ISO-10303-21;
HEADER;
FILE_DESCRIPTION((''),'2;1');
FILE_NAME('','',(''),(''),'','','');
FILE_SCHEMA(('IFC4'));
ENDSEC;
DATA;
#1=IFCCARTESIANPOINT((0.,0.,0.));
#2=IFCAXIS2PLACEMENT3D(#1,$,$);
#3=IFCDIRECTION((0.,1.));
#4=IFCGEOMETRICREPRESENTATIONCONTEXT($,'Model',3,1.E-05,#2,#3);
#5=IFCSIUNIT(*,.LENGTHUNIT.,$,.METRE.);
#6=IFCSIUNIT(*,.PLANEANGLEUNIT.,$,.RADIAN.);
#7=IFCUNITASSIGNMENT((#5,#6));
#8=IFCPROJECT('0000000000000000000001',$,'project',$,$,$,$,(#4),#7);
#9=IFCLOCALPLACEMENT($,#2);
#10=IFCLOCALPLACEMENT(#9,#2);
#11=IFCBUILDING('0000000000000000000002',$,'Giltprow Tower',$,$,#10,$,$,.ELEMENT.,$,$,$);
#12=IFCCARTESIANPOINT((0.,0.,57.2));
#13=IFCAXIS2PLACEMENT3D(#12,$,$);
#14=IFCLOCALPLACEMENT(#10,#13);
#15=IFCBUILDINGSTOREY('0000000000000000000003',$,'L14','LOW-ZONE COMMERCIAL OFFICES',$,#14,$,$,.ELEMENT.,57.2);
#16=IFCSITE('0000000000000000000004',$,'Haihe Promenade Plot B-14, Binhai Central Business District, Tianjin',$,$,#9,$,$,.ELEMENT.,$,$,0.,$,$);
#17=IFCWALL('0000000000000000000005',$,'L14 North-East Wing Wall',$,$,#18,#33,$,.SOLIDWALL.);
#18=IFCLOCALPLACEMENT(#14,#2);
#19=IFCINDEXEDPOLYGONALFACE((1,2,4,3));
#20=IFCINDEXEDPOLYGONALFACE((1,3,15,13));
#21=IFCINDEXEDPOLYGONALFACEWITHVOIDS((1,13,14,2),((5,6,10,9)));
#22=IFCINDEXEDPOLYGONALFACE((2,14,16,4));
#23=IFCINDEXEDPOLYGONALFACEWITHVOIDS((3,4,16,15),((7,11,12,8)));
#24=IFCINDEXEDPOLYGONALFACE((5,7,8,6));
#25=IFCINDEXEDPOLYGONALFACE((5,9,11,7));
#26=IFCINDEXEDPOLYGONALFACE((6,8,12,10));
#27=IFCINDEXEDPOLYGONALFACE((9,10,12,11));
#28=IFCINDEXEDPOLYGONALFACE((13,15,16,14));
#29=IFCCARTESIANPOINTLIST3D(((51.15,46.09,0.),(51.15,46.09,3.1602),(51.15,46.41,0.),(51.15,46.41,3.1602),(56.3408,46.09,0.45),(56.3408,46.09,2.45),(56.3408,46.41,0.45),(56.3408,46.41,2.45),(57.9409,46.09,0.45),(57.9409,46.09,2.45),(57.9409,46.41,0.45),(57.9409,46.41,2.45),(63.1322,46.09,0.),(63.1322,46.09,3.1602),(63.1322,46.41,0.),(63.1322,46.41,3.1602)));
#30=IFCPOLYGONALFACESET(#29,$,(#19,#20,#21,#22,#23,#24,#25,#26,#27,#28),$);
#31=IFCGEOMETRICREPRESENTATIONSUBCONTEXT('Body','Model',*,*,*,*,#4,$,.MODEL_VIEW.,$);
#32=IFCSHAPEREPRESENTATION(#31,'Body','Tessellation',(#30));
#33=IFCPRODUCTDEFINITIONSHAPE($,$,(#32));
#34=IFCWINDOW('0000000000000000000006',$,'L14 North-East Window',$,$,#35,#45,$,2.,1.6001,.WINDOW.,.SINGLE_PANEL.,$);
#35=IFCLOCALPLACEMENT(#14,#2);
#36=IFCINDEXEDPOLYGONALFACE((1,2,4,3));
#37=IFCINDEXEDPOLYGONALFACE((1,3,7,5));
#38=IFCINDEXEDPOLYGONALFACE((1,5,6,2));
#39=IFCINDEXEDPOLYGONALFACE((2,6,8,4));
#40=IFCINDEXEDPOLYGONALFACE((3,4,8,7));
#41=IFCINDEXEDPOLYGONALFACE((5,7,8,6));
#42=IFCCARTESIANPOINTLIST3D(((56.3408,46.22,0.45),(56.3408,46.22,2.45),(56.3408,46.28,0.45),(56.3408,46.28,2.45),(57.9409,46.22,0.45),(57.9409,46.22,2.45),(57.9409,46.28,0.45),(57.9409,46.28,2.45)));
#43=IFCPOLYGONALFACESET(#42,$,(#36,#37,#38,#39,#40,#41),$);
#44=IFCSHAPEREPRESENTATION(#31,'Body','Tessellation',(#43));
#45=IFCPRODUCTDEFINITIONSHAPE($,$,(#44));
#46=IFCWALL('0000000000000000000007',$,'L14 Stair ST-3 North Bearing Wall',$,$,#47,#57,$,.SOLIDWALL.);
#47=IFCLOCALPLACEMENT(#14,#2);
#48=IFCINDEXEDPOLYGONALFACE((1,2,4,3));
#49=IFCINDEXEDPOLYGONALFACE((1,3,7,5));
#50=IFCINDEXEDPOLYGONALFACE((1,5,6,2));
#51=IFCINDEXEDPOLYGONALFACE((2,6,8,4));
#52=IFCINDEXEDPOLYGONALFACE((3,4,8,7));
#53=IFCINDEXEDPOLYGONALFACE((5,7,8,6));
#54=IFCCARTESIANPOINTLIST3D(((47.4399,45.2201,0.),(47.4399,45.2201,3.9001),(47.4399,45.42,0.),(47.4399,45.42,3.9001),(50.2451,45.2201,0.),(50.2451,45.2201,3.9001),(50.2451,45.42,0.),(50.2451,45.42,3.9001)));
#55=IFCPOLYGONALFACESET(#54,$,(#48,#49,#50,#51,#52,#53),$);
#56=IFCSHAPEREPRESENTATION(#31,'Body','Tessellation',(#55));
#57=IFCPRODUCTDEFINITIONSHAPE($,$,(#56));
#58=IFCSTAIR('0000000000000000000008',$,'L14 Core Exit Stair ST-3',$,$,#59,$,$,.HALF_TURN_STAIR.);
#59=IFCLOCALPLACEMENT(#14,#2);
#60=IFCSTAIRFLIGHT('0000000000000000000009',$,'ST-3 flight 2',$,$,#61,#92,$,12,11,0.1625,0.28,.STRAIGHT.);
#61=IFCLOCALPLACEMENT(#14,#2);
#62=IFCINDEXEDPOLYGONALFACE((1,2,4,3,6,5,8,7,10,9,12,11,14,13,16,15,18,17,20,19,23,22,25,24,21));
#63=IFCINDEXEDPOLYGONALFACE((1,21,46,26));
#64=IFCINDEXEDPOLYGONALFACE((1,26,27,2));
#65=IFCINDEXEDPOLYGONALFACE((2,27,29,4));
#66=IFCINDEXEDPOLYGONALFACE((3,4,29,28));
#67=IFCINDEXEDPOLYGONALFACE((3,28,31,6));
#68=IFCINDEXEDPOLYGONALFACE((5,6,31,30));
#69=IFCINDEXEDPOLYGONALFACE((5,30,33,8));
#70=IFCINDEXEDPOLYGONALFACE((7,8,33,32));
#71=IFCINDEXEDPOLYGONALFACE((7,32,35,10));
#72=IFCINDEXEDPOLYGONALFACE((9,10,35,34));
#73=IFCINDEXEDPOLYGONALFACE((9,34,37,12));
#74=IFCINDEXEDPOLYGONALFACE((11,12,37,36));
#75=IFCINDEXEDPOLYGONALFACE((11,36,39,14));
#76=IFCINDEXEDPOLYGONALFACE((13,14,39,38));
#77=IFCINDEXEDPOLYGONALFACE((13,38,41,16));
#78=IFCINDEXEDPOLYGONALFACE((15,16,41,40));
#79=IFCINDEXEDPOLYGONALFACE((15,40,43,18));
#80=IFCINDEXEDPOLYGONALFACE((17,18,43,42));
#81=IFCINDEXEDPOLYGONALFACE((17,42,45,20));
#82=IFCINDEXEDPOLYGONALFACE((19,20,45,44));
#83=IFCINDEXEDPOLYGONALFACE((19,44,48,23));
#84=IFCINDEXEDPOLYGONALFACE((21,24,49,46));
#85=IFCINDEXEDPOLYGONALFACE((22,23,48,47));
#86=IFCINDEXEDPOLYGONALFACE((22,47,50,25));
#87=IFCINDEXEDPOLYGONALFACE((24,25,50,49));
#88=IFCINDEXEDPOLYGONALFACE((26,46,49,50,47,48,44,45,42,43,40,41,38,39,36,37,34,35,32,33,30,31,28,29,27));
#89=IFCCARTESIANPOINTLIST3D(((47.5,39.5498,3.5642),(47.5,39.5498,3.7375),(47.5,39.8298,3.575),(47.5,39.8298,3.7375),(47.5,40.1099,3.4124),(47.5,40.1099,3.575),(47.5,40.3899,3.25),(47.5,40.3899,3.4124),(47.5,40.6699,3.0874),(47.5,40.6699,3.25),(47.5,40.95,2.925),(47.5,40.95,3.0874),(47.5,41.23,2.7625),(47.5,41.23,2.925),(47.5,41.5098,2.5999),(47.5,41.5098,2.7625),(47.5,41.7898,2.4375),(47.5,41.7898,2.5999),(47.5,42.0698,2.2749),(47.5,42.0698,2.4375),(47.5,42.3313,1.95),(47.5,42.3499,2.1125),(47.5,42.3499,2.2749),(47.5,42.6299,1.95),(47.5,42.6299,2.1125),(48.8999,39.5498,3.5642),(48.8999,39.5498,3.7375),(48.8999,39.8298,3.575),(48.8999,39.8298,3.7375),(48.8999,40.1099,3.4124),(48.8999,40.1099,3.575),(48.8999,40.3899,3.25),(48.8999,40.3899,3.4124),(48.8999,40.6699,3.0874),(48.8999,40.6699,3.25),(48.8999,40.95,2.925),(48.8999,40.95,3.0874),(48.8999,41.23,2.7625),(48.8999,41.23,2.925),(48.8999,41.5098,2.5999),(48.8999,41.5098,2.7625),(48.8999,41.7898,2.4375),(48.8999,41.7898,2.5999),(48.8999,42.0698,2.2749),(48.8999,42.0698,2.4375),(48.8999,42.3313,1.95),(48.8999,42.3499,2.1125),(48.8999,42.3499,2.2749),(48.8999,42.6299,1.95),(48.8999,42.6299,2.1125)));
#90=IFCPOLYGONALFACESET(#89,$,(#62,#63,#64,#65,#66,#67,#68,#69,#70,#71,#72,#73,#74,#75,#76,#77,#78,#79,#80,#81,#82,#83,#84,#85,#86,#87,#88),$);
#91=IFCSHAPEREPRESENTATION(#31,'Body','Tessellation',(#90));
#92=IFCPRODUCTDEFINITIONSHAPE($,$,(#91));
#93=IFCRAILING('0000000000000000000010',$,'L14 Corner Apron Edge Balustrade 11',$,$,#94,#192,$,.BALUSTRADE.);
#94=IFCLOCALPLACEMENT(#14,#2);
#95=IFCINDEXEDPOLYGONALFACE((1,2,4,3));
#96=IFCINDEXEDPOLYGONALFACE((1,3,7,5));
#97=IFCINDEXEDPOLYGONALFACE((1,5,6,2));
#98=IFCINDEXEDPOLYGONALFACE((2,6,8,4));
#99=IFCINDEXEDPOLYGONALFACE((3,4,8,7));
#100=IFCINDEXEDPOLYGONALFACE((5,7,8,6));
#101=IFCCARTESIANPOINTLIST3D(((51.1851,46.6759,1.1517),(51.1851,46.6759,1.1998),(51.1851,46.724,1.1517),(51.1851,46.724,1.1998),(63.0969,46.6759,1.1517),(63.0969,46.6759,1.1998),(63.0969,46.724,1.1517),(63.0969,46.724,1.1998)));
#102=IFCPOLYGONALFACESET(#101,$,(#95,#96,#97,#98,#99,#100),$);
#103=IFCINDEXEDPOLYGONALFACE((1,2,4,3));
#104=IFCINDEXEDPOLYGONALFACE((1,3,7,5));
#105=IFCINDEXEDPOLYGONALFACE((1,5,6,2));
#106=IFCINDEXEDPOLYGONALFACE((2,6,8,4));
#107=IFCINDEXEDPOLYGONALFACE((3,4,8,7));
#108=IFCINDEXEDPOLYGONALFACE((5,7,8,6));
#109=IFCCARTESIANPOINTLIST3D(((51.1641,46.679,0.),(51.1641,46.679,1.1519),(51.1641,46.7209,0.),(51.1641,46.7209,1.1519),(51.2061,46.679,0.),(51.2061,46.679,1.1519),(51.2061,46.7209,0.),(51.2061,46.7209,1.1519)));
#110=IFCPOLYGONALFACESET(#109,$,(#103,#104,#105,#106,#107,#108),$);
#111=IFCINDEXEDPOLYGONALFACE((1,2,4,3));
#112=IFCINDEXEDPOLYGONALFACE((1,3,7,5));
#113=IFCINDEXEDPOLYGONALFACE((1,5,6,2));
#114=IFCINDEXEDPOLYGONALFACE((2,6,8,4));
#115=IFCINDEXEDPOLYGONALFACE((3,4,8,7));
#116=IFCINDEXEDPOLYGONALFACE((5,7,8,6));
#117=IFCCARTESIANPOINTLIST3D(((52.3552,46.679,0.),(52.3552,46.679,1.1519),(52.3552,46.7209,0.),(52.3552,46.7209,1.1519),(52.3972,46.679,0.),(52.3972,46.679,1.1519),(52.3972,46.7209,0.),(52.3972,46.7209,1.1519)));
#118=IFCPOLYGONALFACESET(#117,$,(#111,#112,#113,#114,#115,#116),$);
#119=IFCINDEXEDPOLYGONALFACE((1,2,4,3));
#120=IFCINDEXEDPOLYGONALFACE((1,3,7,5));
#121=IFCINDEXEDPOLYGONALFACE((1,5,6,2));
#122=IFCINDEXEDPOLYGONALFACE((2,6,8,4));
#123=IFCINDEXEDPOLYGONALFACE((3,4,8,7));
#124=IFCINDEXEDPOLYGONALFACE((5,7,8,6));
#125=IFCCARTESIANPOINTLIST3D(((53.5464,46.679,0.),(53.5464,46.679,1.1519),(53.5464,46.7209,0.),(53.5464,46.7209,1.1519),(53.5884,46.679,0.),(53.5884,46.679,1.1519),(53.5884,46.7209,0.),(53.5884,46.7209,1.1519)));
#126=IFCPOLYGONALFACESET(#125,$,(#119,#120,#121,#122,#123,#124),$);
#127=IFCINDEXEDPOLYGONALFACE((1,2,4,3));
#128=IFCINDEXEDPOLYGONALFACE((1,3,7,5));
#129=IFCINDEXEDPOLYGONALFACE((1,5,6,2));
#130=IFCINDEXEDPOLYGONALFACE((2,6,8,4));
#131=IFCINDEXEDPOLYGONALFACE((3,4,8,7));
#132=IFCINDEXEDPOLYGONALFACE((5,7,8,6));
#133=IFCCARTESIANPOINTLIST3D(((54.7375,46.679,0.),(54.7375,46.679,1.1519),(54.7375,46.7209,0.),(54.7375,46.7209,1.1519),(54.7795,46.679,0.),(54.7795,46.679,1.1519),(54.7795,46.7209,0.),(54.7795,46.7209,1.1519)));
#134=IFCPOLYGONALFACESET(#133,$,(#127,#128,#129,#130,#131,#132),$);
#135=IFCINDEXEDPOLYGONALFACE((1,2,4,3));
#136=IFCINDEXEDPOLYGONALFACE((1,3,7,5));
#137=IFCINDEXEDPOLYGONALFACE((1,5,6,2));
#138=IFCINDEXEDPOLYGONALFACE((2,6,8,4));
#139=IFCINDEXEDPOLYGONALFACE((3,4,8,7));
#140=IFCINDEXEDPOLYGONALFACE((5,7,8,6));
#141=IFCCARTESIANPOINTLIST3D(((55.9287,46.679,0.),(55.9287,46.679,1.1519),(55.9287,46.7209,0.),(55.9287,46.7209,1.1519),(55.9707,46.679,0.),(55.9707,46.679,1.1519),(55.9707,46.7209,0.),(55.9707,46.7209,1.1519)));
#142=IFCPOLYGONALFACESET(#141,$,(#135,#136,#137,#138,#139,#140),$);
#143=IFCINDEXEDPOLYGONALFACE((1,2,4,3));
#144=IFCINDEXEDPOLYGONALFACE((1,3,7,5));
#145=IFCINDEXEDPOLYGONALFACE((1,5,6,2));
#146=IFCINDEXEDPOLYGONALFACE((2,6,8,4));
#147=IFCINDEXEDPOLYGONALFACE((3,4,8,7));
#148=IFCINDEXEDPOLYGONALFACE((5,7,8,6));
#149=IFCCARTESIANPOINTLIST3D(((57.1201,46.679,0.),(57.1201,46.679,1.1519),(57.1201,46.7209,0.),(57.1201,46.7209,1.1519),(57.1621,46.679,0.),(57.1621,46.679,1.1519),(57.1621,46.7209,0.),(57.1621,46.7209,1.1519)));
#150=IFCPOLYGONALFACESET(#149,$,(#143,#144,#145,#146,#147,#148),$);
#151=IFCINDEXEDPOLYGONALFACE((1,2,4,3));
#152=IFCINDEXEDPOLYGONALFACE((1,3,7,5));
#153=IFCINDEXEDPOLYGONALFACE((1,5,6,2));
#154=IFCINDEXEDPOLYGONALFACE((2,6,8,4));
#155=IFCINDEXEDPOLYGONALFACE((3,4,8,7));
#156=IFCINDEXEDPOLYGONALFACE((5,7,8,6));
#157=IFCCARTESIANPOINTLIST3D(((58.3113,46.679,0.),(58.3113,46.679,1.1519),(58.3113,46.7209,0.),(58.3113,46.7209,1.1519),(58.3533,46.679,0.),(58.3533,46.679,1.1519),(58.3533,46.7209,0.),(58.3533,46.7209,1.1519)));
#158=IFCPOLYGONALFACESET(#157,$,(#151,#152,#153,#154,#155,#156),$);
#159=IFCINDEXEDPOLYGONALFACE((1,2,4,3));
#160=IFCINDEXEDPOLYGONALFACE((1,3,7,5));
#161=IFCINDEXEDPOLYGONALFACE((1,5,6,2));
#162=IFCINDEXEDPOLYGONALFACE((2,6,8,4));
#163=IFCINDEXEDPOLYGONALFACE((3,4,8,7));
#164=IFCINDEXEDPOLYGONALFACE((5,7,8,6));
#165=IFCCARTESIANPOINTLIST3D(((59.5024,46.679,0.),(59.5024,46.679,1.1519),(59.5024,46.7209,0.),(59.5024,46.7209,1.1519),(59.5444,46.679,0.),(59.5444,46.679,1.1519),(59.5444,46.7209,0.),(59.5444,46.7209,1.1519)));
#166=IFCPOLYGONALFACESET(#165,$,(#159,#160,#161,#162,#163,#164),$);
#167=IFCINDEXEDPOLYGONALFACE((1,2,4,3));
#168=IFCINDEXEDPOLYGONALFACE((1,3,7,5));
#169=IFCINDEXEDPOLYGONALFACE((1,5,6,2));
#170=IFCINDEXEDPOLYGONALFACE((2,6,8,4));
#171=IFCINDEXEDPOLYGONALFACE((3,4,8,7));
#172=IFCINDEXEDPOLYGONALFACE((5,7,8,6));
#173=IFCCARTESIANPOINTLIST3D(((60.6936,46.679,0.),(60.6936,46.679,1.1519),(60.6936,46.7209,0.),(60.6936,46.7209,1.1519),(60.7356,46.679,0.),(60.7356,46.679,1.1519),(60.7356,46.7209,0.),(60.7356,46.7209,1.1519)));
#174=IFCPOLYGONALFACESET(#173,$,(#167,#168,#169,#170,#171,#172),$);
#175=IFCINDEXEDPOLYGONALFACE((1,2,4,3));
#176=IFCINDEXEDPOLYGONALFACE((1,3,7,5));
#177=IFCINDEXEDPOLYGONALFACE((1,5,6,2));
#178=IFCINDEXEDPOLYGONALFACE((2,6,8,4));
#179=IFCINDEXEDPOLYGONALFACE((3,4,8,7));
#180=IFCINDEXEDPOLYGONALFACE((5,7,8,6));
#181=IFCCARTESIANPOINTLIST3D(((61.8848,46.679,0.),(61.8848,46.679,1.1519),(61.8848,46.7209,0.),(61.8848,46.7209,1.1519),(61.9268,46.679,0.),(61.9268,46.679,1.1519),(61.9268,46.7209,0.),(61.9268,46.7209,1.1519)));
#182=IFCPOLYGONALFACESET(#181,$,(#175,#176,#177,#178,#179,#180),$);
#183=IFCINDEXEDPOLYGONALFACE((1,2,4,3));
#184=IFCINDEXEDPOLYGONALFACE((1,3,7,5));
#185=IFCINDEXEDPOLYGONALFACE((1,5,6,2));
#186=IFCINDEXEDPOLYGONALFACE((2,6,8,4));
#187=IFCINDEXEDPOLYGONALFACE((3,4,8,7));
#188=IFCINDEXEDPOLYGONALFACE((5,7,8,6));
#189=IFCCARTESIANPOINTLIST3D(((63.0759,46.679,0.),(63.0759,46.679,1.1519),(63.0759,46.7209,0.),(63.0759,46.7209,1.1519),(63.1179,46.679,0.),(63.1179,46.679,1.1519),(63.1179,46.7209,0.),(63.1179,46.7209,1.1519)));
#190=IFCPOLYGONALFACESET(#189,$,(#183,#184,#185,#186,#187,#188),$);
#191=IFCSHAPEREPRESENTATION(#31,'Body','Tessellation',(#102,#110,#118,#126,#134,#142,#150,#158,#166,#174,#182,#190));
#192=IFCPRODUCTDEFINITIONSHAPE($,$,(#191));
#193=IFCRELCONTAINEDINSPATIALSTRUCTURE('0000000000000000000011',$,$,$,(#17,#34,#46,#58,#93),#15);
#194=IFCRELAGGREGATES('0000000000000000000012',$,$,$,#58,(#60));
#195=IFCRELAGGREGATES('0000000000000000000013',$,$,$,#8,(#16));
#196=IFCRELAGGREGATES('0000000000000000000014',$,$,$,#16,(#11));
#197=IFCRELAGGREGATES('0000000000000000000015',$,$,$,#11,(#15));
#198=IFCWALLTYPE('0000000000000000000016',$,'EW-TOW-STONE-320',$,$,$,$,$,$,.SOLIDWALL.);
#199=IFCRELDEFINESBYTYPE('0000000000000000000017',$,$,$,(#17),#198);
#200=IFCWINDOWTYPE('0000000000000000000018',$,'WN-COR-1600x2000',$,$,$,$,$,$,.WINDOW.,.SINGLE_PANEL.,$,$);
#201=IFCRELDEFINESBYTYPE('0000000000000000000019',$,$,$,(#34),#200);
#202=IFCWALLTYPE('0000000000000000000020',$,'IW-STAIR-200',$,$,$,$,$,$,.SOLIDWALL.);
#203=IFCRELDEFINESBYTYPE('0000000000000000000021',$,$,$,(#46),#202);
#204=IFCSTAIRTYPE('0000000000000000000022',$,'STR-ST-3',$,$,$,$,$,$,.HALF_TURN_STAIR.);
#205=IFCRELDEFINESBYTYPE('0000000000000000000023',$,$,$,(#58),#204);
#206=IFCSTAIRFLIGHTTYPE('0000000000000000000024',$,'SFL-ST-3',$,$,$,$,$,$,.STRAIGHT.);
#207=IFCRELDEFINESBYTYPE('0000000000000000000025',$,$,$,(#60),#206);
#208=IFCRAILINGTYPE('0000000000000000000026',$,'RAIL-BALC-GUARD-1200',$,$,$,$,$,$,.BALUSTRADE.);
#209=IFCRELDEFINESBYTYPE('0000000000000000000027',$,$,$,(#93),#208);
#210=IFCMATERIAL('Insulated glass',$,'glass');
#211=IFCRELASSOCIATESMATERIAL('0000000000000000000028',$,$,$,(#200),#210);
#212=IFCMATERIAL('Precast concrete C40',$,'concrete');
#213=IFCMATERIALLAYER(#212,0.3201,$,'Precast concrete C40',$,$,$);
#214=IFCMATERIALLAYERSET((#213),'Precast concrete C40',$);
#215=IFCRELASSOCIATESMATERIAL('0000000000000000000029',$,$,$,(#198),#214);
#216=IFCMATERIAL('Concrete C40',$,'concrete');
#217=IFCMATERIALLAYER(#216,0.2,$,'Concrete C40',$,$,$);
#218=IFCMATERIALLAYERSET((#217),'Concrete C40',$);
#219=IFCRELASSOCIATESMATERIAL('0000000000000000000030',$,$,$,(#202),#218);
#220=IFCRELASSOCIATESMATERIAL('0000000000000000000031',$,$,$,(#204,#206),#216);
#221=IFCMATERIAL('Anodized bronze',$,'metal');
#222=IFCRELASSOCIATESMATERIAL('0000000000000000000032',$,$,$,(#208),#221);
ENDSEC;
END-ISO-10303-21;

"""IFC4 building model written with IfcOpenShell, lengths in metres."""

from ifc_helpers import new_model, si_unit, direction, frame, frame_2d, origin, origin_2d, place, context, subcontext, project, spatial, polyline, rectangle, outline, extrude, source, transform, mapped, material, layer, layer_set, type_object, element, fill, aggregate, save


model = new_model("IFC4")

# Units and contexts
model_context = context("Model", 3, precision=1e-05, world=origin(), true_north=direction((0.0, 1.0)))
body_context = subcontext(model_context, "Body", "Model", "MODEL_VIEW")
ifc_project = project(units=[si_unit("LENGTHUNIT", "METRE"), si_unit("PLANEANGLEUNIT", "RADIAN")], contexts=[model_context])

# Site, building, storey
site_placement = place(None, origin())
site = spatial("IfcSite", under=ifc_project, at=site_placement, Name="Haihe Promenade Plot B-14, Binhai Central Business District, Tianjin", CompositionType="ELEMENT", RefElevation=0.0)
building_placement = place(site_placement, origin())
building = spatial("IfcBuilding", under=site, at=building_placement, Name="Giltprow Tower", CompositionType="ELEMENT")
storey_placement = place(building_placement, frame((0.0, 0.0, 57.2)))
storey = spatial("IfcBuildingStorey", under=building, at=storey_placement, Name="L14", Description="LOW-ZONE COMMERCIAL OFFICES", CompositionType="ELEMENT", Elevation=57.2)

# Wall, opening, window
ifc_material_1 = material(Name="Precast concrete C40", Category="concrete")
ifc_material_2 = material(Name="Insulated glass", Category="glass")
window_type = type_object("IfcWindowType", Name="WN-COR-1600x2000", PartitioningType="SINGLE_PANEL", PredefinedType="WINDOW", material=ifc_material_2)
shared_shape_1 = source(origin(), body_context, "Body", "SweptSolid", [
    extrude(rectangle(XDim=1.6001, YDim=2.0, at=frame_2d((0.8, 1.0))), frame((0.0, 0.03, 0.0), z_axis=(0.0, -1.0, 0.0), x_axis=(1.0, 0.0, 0.0)), (0.0, 0.0, 1.0), 0.0601),
])
ifc_layer_1 = layer(ifc_material_1, 0.3201, Name="Precast concrete C40")
ifc_layer_set_1 = layer_set([ifc_layer_1], Name="Precast concrete C40")
wall_type_1 = type_object("IfcWallType", Name="EW-TOW-STONE-320", PredefinedType="SOLIDWALL", material=ifc_layer_set_1)
wall_1_placement = place(storey_placement, frame((51.1499, 46.25, 0.0), z_axis=(0.0, 0.0, 1.0), x_axis=(1.0, 0.0, 0.0)))
wall_1 = element("IfcWall", 1, at=wall_1_placement, inside=storey, type_object=wall_type_1, Name="L14 North-East Wing Wall", PredefinedType="SOLIDWALL", context=body_context, shape_type="SweptSolid", body=[
    extrude(rectangle(XDim=11.9822, YDim=0.3201, at=frame_2d((5.9912, 0.0))), origin(), (0.0, 0.0, 1.0), 3.1602),
])
opening_1_placement = place(wall_1_placement, frame((5.1909, 0.0, 0.45)))
opening_1 = element("IfcOpeningElement", 2, at=opening_1_placement, cuts=wall_1, PredefinedType="OPENING", context=body_context, shape_type="SweptSolid", body=[
    extrude(rectangle(XDim=1.6001, YDim=2.0, at=frame_2d((0.8, 1.0))), frame((0.0, 0.1699, 0.0), z_axis=(0.0, -1.0, 0.0), x_axis=(1.0, 0.0, 0.0)), (0.0, 0.0, 1.0), 0.3401),
])
window_1_placement = place(opening_1_placement, origin())
window_1 = element("IfcWindow", 3, at=window_1_placement, inside=storey, type_object=window_type, Name="L14 North-East Window", OverallHeight=2.0, OverallWidth=1.6001, PartitioningType="SINGLE_PANEL", PredefinedType="WINDOW", context=body_context, shape_type="MappedRepresentation", body=[
    mapped(shared_shape_1, transform((0.0, 0.0, 0.0), x_axis=(1.0, 0.0, 0.0), y_axis=(0.0, 1.0, 0.0), z_axis=(0.0, 0.0, 1.0), scale=1.0)),
])
fill(opening_1, window_1)

# Wall
ifc_material_3 = material(Name="Concrete C40", Category="concrete")
ifc_layer_2 = layer(ifc_material_3, 0.2, Name="Concrete C40")
ifc_layer_set_2 = layer_set([ifc_layer_2], Name="Concrete C40")
wall_type_2 = type_object("IfcWallType", Name="IW-STAIR-200", PredefinedType="SOLIDWALL", material=ifc_layer_set_2)
wall_2_placement = place(storey_placement, frame((47.4399, 45.3201, 0.0), z_axis=(0.0, 0.0, 1.0), x_axis=(1.0, 0.0, 0.0)))
element("IfcWall", 4, at=wall_2_placement, inside=storey, type_object=wall_type_2, Name="L14 Stair ST-3 North Bearing Wall", PredefinedType="SOLIDWALL", context=body_context, shape_type="SweptSolid", body=[
    extrude(rectangle(XDim=2.8052, YDim=0.2, at=frame_2d((1.4026, 0.0))), origin(), (0.0, 0.0, 1.0), 3.9001),
])

# Stair, stair flight
stair_type = type_object("IfcStairType", Name="STR-ST-3", PredefinedType="HALF_TURN_STAIR", material=ifc_material_3)
stair_placement = place(storey_placement, origin())
stair = element("IfcStair", 5, at=stair_placement, inside=storey, type_object=stair_type, Name="L14 Core Exit Stair ST-3", PredefinedType="HALF_TURN_STAIR")
stair_flight_type = type_object("IfcStairFlightType", Name="SFL-ST-3", PredefinedType="STRAIGHT", material=ifc_material_3)
stair_flight_placement = place(storey_placement, frame((48.2, 42.6299, 1.95), z_axis=(0.0, 0.0, 1.0), x_axis=(0.0, -1.0, 0.0)))
stair_flight = element("IfcStairFlight", 6, at=stair_flight_placement, type_object=stair_flight_type, Name="ST-3 flight 2", NumberOfRisers=12, NumberOfTreads=11, PredefinedType="STRAIGHT", RiserHeight=0.1625, TreadLength=0.28, context=body_context, shape_type="SweptSolid", body=[
    extrude(outline(polyline([(0.0, 0.0), (0.0, 0.1626), (0.28, 0.1626), (0.28, 0.325), (0.5601, 0.325), (0.5601, 0.4875), (0.8401, 0.4875), (0.8401, 0.6499), (1.1201, 0.6499), (1.1201, 0.8125), (1.3999, 0.8125), (1.3999, 0.9751), (1.6799, 0.9751), (1.6799, 1.1375), (1.96, 1.1375), (1.96, 1.3), (2.24, 1.3), (2.24, 1.4624), (2.52, 1.4624), (2.52, 1.625), (2.8, 1.625), (2.8, 1.7876), (3.0801, 1.7876), (3.0801, 1.95), (3.0801, 1.6143), (0.2986, 0.0), (0.0, 0.0)])), frame((0.0, 0.7, 0.0), z_axis=(0.0, -1.0, 0.0), x_axis=(1.0, 0.0, 0.0)), (0.0, 0.0, 1.0), 1.3999),
])
aggregate(stair, [stair_flight])

# Railing
ifc_material_4 = material(Name="Anodized bronze", Category="metal")
railing_type_1 = type_object("IfcRailingType", Name="RAIL-BALC-GUARD-1200", PredefinedType="BALUSTRADE", material=ifc_material_4)
railing_1_placement = place(storey_placement, frame((51.1851, 46.7, 0.0)))
element("IfcRailing", 7, at=railing_1_placement, inside=storey, type_object=railing_type_1, Name="L14 Corner Apron Edge Balustrade 11", PredefinedType="BALUSTRADE", context=body_context, shape_type="SweptSolid", body=[
    extrude(rectangle(XDim=0.0481, YDim=0.0481, at=origin_2d()), frame((0.0, 0.0, 1.1758), z_axis=(1.0, 0.0, 0.0), x_axis=(0.0, 1.0, 0.0)), (0.0, 0.0, 1.0), 11.9119),
    extrude(rectangle(XDim=0.042, YDim=0.042, at=origin_2d()), origin(), (0.0, 0.0, 1.0), 1.1519),
    extrude(rectangle(XDim=0.042, YDim=0.042, at=origin_2d()), frame((1.1912, 0.0, 0.0)), (0.0, 0.0, 1.0), 1.1519),
    extrude(rectangle(XDim=0.042, YDim=0.042, at=origin_2d()), frame((2.3823, 0.0, 0.0)), (0.0, 0.0, 1.0), 1.1519),
    extrude(rectangle(XDim=0.042, YDim=0.042, at=origin_2d()), frame((3.5735, 0.0, 0.0)), (0.0, 0.0, 1.0), 1.1519),
    extrude(rectangle(XDim=0.042, YDim=0.042, at=origin_2d()), frame((4.7646, 0.0, 0.0)), (0.0, 0.0, 1.0), 1.1519),
    extrude(rectangle(XDim=0.042, YDim=0.042, at=origin_2d()), frame((5.9561, 0.0, 0.0)), (0.0, 0.0, 1.0), 1.1519),
    extrude(rectangle(XDim=0.042, YDim=0.042, at=origin_2d()), frame((7.1472, 0.0, 0.0)), (0.0, 0.0, 1.0), 1.1519),
    extrude(rectangle(XDim=0.042, YDim=0.042, at=origin_2d()), frame((8.3384, 0.0, 0.0)), (0.0, 0.0, 1.0), 1.1519),
    extrude(rectangle(XDim=0.042, YDim=0.042, at=origin_2d()), frame((9.5295, 0.0, 0.0)), (0.0, 0.0, 1.0), 1.1519),
    extrude(rectangle(XDim=0.042, YDim=0.042, at=origin_2d()), frame((10.7207, 0.0, 0.0)), (0.0, 0.0, 1.0), 1.1519),
    extrude(rectangle(XDim=0.042, YDim=0.042, at=origin_2d()), frame((11.9119, 0.0, 0.0)), (0.0, 0.0, 1.0), 1.1519),
])

save(model, "model.ifc")
